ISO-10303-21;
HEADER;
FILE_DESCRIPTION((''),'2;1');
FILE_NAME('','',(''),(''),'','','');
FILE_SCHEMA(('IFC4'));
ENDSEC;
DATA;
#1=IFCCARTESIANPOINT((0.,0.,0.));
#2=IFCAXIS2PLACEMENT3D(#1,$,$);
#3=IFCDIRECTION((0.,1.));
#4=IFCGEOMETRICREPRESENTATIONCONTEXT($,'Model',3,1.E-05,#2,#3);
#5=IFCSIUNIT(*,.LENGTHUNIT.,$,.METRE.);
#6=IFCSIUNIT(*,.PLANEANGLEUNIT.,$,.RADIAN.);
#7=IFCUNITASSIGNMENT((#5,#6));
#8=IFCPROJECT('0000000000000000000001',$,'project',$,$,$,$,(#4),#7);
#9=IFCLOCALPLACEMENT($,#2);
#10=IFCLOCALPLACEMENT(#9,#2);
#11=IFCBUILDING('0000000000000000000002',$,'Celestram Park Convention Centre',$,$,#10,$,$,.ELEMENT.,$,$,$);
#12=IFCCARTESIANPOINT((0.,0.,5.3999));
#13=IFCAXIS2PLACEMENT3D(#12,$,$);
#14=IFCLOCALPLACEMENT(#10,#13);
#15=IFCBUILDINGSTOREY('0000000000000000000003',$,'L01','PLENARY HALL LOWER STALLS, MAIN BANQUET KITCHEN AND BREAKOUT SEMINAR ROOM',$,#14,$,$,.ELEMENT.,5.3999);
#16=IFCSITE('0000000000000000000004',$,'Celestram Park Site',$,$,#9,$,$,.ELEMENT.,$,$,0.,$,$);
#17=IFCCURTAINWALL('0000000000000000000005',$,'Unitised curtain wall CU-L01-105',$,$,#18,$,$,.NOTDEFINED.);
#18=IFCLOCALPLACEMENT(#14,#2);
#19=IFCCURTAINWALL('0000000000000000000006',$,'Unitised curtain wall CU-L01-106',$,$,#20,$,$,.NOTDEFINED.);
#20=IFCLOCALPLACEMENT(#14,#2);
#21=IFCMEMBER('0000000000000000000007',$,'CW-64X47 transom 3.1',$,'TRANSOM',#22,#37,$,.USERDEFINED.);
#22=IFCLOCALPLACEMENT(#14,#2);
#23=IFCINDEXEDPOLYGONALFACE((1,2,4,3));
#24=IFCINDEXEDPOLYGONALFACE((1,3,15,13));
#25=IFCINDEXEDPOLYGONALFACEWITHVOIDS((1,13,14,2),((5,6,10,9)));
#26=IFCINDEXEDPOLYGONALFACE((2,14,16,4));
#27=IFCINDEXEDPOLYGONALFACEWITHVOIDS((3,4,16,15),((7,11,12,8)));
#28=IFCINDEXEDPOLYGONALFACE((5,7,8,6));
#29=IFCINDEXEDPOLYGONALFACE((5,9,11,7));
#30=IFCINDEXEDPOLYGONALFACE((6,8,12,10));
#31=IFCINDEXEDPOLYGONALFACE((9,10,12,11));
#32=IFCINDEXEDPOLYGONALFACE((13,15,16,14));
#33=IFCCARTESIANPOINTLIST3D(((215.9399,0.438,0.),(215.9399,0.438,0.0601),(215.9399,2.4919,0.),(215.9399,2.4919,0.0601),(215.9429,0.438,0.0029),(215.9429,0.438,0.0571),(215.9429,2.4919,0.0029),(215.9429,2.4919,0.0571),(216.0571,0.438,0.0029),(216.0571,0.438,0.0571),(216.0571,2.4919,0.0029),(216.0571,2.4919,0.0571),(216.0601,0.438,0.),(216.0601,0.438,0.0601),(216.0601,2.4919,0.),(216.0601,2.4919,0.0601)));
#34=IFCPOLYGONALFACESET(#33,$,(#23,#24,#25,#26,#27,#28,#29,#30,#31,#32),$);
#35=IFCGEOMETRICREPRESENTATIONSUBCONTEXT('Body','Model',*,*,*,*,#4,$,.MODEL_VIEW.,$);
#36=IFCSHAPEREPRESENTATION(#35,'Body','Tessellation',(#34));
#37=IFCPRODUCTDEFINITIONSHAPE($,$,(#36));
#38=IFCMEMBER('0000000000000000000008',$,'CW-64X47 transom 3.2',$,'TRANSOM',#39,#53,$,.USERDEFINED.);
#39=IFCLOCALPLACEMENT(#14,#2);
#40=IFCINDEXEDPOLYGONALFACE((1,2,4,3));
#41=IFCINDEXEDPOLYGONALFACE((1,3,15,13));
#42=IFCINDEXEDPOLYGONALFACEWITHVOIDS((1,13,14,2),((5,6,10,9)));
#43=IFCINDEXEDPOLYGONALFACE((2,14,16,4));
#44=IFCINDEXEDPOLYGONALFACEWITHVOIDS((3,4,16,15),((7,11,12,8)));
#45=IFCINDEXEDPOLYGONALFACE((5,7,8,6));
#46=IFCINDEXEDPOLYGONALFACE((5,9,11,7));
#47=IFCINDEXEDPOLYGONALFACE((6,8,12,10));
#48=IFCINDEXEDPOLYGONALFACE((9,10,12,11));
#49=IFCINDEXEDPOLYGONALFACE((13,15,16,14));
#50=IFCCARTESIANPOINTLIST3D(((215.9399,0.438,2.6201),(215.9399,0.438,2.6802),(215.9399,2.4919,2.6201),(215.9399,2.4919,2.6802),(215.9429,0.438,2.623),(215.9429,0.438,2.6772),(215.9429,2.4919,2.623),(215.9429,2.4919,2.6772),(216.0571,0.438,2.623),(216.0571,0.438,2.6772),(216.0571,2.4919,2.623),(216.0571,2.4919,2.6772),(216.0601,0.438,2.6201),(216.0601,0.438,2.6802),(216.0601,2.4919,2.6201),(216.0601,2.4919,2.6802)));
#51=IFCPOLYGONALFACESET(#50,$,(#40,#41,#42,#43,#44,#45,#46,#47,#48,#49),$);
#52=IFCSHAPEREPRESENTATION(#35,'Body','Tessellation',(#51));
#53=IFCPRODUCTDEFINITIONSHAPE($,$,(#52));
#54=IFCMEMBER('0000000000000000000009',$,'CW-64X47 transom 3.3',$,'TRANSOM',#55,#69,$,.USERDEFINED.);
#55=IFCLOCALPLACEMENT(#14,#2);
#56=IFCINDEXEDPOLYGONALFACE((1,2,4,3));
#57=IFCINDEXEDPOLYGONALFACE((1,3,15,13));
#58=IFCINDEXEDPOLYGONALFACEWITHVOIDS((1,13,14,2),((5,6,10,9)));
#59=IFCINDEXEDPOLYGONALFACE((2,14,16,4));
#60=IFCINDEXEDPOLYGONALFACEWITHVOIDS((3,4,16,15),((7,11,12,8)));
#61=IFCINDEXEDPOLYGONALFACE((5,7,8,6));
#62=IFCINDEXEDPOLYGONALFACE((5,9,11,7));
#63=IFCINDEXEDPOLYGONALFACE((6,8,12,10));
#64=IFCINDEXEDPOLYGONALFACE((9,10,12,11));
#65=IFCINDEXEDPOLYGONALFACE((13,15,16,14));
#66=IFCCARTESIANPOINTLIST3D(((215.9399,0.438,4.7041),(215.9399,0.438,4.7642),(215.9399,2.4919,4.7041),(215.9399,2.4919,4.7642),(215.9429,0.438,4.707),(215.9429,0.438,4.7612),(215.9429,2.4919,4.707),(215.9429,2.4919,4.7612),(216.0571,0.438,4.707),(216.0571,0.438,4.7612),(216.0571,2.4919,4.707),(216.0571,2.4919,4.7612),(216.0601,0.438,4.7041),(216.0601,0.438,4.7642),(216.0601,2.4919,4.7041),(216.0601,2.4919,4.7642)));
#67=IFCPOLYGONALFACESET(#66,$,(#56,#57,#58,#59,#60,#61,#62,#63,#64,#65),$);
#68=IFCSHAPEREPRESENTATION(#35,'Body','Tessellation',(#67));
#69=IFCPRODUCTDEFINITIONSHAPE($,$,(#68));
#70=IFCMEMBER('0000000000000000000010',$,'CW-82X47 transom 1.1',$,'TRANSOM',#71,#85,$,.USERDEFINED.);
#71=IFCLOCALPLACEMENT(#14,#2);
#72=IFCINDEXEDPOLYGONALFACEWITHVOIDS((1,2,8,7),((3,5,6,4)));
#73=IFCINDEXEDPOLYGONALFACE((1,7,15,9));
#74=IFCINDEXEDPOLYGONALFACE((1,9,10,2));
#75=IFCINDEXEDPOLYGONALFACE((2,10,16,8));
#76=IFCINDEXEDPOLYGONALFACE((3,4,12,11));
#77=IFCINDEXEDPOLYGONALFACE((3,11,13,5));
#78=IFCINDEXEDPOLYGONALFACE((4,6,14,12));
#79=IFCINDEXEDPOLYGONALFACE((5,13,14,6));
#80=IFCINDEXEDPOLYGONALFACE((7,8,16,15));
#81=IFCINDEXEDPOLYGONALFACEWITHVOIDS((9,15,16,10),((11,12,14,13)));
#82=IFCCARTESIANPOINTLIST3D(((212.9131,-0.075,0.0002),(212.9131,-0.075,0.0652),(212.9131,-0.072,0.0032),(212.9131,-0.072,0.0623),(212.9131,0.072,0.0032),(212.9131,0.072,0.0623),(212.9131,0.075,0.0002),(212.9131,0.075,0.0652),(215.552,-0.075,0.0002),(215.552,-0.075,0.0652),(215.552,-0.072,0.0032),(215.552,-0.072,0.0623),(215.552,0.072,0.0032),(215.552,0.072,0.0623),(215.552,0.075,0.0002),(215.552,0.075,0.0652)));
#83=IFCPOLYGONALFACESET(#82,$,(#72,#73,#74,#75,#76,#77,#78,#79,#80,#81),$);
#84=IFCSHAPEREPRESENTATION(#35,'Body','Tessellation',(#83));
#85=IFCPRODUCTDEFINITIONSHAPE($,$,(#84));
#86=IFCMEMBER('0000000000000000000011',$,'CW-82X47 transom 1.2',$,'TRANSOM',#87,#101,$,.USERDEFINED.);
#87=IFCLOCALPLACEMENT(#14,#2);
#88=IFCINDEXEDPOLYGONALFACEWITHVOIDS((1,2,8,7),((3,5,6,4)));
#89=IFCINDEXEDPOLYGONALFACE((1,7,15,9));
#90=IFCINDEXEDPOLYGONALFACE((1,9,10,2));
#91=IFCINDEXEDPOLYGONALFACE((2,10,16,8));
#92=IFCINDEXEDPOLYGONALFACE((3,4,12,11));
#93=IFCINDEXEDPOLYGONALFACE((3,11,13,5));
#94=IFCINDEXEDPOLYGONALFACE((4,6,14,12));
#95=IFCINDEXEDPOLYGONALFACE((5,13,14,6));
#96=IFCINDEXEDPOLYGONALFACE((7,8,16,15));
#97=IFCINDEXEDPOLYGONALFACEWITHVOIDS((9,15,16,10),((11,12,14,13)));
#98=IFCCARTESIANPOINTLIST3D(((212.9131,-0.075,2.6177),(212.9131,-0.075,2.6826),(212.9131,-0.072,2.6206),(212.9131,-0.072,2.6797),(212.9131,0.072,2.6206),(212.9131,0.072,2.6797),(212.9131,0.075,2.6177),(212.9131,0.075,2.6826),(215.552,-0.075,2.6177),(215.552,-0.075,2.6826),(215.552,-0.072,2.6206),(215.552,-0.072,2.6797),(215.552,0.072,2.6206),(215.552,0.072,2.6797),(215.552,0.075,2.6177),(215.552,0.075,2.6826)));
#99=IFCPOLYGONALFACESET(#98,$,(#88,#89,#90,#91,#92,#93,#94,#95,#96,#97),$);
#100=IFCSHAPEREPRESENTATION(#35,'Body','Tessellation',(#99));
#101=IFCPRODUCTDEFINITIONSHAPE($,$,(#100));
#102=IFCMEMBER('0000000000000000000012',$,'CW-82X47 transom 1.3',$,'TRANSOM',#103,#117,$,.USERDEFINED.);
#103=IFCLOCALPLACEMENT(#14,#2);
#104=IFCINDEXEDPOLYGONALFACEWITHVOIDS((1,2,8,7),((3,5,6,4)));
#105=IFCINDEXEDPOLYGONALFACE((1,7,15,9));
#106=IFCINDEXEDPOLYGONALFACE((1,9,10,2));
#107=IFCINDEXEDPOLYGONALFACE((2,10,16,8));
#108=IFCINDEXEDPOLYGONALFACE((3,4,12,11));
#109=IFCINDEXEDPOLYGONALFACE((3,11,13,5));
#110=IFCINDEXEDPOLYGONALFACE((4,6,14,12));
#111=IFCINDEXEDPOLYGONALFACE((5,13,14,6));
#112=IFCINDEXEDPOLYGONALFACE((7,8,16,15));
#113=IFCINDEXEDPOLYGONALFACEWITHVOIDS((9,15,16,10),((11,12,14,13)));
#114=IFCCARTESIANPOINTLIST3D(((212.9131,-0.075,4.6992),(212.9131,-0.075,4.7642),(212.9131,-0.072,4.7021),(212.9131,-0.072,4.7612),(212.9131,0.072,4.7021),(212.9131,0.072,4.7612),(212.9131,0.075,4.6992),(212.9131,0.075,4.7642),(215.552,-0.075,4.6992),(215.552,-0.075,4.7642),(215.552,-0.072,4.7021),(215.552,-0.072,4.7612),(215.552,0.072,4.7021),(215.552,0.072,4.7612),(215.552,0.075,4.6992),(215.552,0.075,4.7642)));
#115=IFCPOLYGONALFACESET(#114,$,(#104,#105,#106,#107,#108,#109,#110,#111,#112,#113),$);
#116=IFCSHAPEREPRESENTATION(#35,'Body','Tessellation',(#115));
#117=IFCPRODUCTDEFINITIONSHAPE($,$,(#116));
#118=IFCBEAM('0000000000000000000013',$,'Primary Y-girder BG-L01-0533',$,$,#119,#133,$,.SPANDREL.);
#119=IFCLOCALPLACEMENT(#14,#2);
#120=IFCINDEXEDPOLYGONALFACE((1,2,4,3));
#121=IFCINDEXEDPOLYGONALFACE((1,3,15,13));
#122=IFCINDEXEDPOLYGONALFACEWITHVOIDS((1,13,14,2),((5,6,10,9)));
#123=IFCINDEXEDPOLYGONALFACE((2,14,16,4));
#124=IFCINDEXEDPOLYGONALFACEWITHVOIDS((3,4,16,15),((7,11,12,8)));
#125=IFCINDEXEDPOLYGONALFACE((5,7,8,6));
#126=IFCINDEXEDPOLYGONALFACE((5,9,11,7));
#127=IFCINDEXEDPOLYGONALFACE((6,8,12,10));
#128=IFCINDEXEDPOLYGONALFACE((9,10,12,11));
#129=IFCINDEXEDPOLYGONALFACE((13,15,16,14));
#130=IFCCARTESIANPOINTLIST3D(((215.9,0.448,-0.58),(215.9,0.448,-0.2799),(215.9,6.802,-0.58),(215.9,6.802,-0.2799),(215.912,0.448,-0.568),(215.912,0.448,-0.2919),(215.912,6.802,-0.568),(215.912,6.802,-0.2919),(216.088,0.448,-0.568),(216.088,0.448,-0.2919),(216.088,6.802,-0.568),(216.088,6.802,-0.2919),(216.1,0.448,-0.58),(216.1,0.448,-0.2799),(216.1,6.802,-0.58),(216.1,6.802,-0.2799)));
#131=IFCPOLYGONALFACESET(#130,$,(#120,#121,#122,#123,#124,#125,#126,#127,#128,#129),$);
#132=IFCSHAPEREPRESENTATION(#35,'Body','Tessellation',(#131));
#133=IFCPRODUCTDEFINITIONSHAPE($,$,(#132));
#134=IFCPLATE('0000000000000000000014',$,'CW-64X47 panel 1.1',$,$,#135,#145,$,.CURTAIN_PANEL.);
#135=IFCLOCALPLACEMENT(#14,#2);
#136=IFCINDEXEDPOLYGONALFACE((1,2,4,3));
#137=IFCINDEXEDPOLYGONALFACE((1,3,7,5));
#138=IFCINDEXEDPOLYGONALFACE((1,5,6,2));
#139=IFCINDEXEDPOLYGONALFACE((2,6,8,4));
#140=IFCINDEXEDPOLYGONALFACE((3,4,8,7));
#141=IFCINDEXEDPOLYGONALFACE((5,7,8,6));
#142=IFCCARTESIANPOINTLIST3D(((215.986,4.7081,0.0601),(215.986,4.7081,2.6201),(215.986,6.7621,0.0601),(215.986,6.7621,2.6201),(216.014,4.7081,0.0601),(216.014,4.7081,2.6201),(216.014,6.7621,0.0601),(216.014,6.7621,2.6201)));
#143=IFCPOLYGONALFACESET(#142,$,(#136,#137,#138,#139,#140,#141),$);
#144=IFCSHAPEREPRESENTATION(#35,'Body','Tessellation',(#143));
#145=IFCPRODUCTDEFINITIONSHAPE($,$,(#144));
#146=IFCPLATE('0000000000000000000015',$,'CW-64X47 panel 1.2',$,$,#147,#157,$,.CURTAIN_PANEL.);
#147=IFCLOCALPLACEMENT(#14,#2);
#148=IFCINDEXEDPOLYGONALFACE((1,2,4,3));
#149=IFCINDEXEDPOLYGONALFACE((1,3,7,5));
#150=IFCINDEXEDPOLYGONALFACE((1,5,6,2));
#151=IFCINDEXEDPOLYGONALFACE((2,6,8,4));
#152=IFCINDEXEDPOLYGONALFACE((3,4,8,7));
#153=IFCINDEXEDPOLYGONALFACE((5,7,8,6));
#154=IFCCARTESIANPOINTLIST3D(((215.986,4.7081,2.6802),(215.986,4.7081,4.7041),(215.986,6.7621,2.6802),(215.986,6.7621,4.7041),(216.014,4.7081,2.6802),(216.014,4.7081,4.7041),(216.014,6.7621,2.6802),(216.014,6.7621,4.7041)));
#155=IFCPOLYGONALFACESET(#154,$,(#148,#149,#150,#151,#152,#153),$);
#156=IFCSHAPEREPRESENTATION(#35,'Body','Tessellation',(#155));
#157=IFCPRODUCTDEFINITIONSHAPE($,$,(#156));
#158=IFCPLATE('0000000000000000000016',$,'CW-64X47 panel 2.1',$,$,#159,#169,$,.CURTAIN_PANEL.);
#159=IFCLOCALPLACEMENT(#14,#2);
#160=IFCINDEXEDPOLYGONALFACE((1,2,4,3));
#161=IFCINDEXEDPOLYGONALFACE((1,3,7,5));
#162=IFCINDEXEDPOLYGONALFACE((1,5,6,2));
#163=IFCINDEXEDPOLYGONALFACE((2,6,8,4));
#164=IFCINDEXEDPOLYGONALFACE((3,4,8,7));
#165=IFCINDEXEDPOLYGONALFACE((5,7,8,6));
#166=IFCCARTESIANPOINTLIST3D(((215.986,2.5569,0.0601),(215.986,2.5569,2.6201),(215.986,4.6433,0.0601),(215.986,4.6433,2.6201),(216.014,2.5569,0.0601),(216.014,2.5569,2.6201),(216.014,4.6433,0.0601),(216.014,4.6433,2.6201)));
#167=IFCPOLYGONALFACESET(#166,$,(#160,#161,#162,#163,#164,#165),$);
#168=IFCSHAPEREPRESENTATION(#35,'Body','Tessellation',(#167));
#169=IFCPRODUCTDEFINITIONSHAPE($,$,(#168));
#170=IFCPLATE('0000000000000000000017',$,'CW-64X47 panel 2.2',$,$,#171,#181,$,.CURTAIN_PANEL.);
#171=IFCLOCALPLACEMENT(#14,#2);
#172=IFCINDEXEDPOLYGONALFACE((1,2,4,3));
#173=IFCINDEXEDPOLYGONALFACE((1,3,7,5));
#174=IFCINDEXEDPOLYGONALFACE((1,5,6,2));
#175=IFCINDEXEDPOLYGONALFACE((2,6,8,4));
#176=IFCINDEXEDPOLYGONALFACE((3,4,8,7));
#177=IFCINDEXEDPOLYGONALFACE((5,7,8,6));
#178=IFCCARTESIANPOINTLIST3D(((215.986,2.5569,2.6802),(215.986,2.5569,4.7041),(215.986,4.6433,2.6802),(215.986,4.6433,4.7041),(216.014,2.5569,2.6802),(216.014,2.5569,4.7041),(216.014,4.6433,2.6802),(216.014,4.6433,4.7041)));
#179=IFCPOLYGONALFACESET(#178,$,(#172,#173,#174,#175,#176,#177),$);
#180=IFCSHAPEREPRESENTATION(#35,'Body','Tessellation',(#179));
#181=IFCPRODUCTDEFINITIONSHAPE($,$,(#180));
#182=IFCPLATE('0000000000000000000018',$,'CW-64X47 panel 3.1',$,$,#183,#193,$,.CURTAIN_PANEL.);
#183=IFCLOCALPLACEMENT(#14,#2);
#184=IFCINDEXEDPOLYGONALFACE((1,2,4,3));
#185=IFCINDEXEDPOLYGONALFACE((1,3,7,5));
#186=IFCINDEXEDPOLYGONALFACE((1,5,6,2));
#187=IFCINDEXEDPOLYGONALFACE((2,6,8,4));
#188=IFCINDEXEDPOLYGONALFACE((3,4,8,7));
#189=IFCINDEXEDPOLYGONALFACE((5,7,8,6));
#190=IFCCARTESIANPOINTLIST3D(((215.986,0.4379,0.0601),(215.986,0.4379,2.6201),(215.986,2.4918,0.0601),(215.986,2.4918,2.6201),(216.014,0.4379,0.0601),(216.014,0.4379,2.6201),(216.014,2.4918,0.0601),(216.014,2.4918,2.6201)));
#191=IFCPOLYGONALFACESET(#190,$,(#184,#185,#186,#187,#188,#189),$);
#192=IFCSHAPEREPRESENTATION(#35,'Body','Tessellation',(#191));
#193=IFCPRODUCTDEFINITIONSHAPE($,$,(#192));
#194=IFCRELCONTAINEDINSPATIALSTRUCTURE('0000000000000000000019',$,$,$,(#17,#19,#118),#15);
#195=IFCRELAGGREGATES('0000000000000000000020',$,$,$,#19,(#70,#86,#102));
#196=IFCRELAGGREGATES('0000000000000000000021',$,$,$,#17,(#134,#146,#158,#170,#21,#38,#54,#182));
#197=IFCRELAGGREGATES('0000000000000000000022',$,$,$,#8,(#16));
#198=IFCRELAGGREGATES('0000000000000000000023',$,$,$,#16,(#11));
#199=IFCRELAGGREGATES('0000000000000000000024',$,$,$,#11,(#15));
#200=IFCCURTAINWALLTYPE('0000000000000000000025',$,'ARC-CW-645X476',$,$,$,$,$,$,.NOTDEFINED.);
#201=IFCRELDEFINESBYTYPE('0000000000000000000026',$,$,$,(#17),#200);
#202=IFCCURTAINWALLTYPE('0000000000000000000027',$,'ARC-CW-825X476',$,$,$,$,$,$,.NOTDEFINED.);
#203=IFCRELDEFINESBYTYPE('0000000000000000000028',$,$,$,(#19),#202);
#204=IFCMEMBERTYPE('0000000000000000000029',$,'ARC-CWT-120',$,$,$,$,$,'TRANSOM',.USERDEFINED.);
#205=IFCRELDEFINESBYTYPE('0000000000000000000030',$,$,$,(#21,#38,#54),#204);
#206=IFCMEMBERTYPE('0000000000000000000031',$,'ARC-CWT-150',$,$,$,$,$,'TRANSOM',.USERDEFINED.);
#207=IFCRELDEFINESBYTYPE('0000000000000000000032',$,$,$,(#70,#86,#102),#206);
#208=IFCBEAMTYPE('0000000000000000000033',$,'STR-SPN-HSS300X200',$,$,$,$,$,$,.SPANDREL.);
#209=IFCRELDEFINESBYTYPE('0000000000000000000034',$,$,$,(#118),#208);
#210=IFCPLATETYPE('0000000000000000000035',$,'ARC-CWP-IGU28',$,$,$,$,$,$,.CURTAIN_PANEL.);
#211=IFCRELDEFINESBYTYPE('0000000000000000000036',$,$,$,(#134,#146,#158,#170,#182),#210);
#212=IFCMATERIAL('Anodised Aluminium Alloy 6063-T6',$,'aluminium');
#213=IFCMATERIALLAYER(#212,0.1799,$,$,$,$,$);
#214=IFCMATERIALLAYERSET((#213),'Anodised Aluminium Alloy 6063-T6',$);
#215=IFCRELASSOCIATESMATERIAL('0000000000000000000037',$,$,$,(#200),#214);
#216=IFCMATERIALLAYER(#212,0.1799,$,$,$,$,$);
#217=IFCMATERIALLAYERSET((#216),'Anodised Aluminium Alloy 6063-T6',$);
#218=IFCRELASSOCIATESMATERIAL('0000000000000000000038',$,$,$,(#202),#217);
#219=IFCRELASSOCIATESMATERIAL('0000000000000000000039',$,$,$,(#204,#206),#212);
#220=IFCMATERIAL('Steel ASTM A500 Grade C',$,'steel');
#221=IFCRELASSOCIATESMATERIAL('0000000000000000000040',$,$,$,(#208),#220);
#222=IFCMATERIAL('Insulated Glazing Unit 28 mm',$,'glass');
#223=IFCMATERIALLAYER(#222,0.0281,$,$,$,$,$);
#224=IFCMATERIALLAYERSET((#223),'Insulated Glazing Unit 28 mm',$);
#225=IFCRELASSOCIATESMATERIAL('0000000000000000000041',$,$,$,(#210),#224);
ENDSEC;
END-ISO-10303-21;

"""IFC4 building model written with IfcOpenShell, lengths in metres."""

from ifc_helpers import new_model, si_unit, direction, frame, origin, origin_2d, place, context, subcontext, project, spatial, rectangle, hollow_rectangle, extrude, material, layer, layer_set, material_profile, profile_set, type_object, element, aggregate, save


model = new_model("IFC4")

# Units and contexts
model_context = context("Model", 3, precision=1e-05, world=origin(), true_north=direction((0.0, 1.0)))
body_context = subcontext(model_context, "Body", "Model", "MODEL_VIEW")
ifc_project = project(units=[si_unit("LENGTHUNIT", "METRE"), si_unit("PLANEANGLEUNIT", "RADIAN")], contexts=[model_context])

# Site, building, storey
site_placement = place(None, origin())
site = spatial("IfcSite", under=ifc_project, at=site_placement, Name="Celestram Park Site", CompositionType="ELEMENT", RefElevation=0.0)
building_placement = place(site_placement, origin())
building = spatial("IfcBuilding", under=site, at=building_placement, Name="Celestram Park Convention Centre", CompositionType="ELEMENT")
storey_placement = place(building_placement, frame((0.0, 0.0, 5.3999)))
storey = spatial("IfcBuildingStorey", under=building, at=storey_placement, Name="L01", Description="PLENARY HALL LOWER STALLS, MAIN BANQUET KITCHEN AND BREAKOUT SEMINAR ROOM", CompositionType="ELEMENT", Elevation=5.3999)

# Curtain wall
ifc_material_1 = material(Name="Anodised Aluminium Alloy 6063-T6", Category="aluminium")
ifc_layer_1 = layer(ifc_material_1, 0.1799)
ifc_layer_set_1 = layer_set([ifc_layer_1], Name="Anodised Aluminium Alloy 6063-T6")
curtain_wall_type_1 = type_object("IfcCurtainWallType", Name="ARC-CW-645X476", PredefinedType="NOTDEFINED", material=ifc_layer_set_1)
curtain_wall_1_placement = place(storey_placement, origin())
curtain_wall_1 = element("IfcCurtainWall", 1, at=curtain_wall_1_placement, inside=storey, type_object=curtain_wall_type_1, Name="Unitised curtain wall CU-L01-105", PredefinedType="NOTDEFINED")

# Curtain wall
ifc_layer_2 = layer(ifc_material_1, 0.1799)
ifc_layer_set_2 = layer_set([ifc_layer_2], Name="Anodised Aluminium Alloy 6063-T6")
curtain_wall_type_2 = type_object("IfcCurtainWallType", Name="ARC-CW-825X476", PredefinedType="NOTDEFINED", material=ifc_layer_set_2)
curtain_wall_2_placement = place(storey_placement, origin())
curtain_wall_2 = element("IfcCurtainWall", 2, at=curtain_wall_2_placement, inside=storey, type_object=curtain_wall_type_2, Name="Unitised curtain wall CU-L01-106", PredefinedType="NOTDEFINED")

# Members
ifc_material_profile_1 = material_profile(ifc_material_1, hollow_rectangle(XDim=0.1201, YDim=0.0601, WallThickness=0.0029, at=origin_2d()), Name="ALU120X60X3")
ifc_profile_set_1 = profile_set([ifc_material_profile_1], Name="Anodised Aluminium Alloy 6063-T6")
member_type_1 = type_object("IfcMemberType", Name="ARC-CWT-120", ElementType="TRANSOM", PredefinedType="USERDEFINED", material=ifc_profile_set_1)
member_1_placement = place(storey_placement, frame((216.0, 2.4919, 0.03), z_axis=(0.0, -1.0, 0.0), x_axis=(1.0, 0.0, 0.0)))
member_1 = element("IfcMember", 3, at=member_1_placement, type_object=member_type_1, Name="CW-64X47 transom 3.1", ObjectType="TRANSOM", PredefinedType="USERDEFINED", context=body_context, shape_type="SweptSolid", body=[
    extrude(hollow_rectangle(XDim=0.1201, YDim=0.0601, WallThickness=0.0029, at=origin_2d()), origin(), (0.0, 0.0, 1.0), 2.054),
])
member_2_placement = place(storey_placement, frame((216.0, 2.4919, 2.6501), z_axis=(0.0, -1.0, 0.0), x_axis=(1.0, 0.0, 0.0)))
member_2 = element("IfcMember", 4, at=member_2_placement, type_object=member_type_1, Name="CW-64X47 transom 3.2", ObjectType="TRANSOM", PredefinedType="USERDEFINED", context=body_context, shape_type="SweptSolid", body=[
    extrude(hollow_rectangle(XDim=0.1201, YDim=0.0601, WallThickness=0.0029, at=origin_2d()), origin(), (0.0, 0.0, 1.0), 2.054),
])
member_3_placement = place(storey_placement, frame((216.0, 2.4919, 4.7341), z_axis=(0.0, -1.0, 0.0), x_axis=(1.0, 0.0, 0.0)))
member_3 = element("IfcMember", 5, at=member_3_placement, type_object=member_type_1, Name="CW-64X47 transom 3.3", ObjectType="TRANSOM", PredefinedType="USERDEFINED", context=body_context, shape_type="SweptSolid", body=[
    extrude(hollow_rectangle(XDim=0.1201, YDim=0.0601, WallThickness=0.0029, at=origin_2d()), origin(), (0.0, 0.0, 1.0), 2.054),
])
ifc_material_profile_2 = material_profile(ifc_material_1, hollow_rectangle(XDim=0.1499, YDim=0.0649, WallThickness=0.0029, at=origin_2d()), Name="ALU150X65X3")
ifc_profile_set_2 = profile_set([ifc_material_profile_2], Name="Anodised Aluminium Alloy 6063-T6")
member_type_2 = type_object("IfcMemberType", Name="ARC-CWT-150", ElementType="TRANSOM", PredefinedType="USERDEFINED", material=ifc_profile_set_2)
member_4_placement = place(storey_placement, frame((215.552, 0.0, 0.0327), z_axis=(-1.0, 0.0, 0.0), x_axis=(0.0, -1.0, 0.0)))
member_4 = element("IfcMember", 6, at=member_4_placement, type_object=member_type_2, Name="CW-82X47 transom 1.1", ObjectType="TRANSOM", PredefinedType="USERDEFINED", context=body_context, shape_type="SweptSolid", body=[
    extrude(hollow_rectangle(XDim=0.1499, YDim=0.0649, WallThickness=0.0029, at=origin_2d()), origin(), (0.0, 0.0, 1.0), 2.6389),
])
member_5_placement = place(storey_placement, frame((215.552, 0.0, 2.6501), z_axis=(-1.0, 0.0, 0.0), x_axis=(0.0, -1.0, 0.0)))
member_5 = element("IfcMember", 7, at=member_5_placement, type_object=member_type_2, Name="CW-82X47 transom 1.2", ObjectType="TRANSOM", PredefinedType="USERDEFINED", context=body_context, shape_type="SweptSolid", body=[
    extrude(hollow_rectangle(XDim=0.1499, YDim=0.0649, WallThickness=0.0029, at=origin_2d()), origin(), (0.0, 0.0, 1.0), 2.6389),
])
member_6_placement = place(storey_placement, frame((215.552, 0.0, 4.7317), z_axis=(-1.0, 0.0, 0.0), x_axis=(0.0, -1.0, 0.0)))
member_6 = element("IfcMember", 8, at=member_6_placement, type_object=member_type_2, Name="CW-82X47 transom 1.3", ObjectType="TRANSOM", PredefinedType="USERDEFINED", context=body_context, shape_type="SweptSolid", body=[
    extrude(hollow_rectangle(XDim=0.1499, YDim=0.0649, WallThickness=0.0029, at=origin_2d()), origin(), (0.0, 0.0, 1.0), 2.6389),
])
aggregate(curtain_wall_2, [member_4, member_5, member_6])

# Beam
ifc_material_2 = material(Name="Steel ASTM A500 Grade C", Category="steel")
ifc_material_profile_3 = material_profile(ifc_material_2, hollow_rectangle(XDim=0.2, YDim=0.3, WallThickness=0.012, at=origin_2d()), Name="HSS300X200X12")
ifc_profile_set_3 = profile_set([ifc_material_profile_3], Name="Steel ASTM A500 Grade C")
beam_type = type_object("IfcBeamType", Name="STR-SPN-HSS300X200", PredefinedType="SPANDREL", material=ifc_profile_set_3)
beam_placement = place(storey_placement, frame((216.0, 0.448, -0.4299), z_axis=(0.0, 1.0, 0.0), x_axis=(-1.0, 0.0, 0.0)))
element("IfcBeam", 9, at=beam_placement, inside=storey, type_object=beam_type, Name="Primary Y-girder BG-L01-0533", PredefinedType="SPANDREL", context=body_context, shape_type="SweptSolid", body=[
    extrude(hollow_rectangle(XDim=0.2, YDim=0.3, WallThickness=0.012, at=origin_2d()), origin(), (0.0, 0.0, 1.0), 6.354),
])

# Plates
ifc_material_3 = material(Name="Insulated Glazing Unit 28 mm", Category="glass")
ifc_layer_3 = layer(ifc_material_3, 0.0281)
ifc_layer_set_3 = layer_set([ifc_layer_3], Name="Insulated Glazing Unit 28 mm")
plate_type = type_object("IfcPlateType", Name="ARC-CWP-IGU28", PredefinedType="CURTAIN_PANEL", material=ifc_layer_set_3)
plate_1_placement = place(storey_placement, frame((216.0, 5.7351, 0.0601), z_axis=(0.0, 0.0, 1.0), x_axis=(0.0, -1.0, 0.0)))
plate_1 = element("IfcPlate", 10, at=plate_1_placement, type_object=plate_type, Name="CW-64X47 panel 1.1", PredefinedType="CURTAIN_PANEL", context=body_context, shape_type="SweptSolid", body=[
    extrude(rectangle(XDim=2.054, YDim=0.0281, at=origin_2d()), origin(), (0.0, 0.0, 1.0), 2.5601),
])
plate_2_placement = place(storey_placement, frame((216.0, 5.7351, 2.6802), z_axis=(0.0, 0.0, 1.0), x_axis=(0.0, -1.0, 0.0)))
plate_2 = element("IfcPlate", 11, at=plate_2_placement, type_object=plate_type, Name="CW-64X47 panel 1.2", PredefinedType="CURTAIN_PANEL", context=body_context, shape_type="SweptSolid", body=[
    extrude(rectangle(XDim=2.054, YDim=0.0281, at=origin_2d()), origin(), (0.0, 0.0, 1.0), 2.0239),
])
plate_3_placement = place(storey_placement, frame((216.0, 3.6001, 0.0601), z_axis=(0.0, 0.0, 1.0), x_axis=(0.0, -1.0, 0.0)))
plate_3 = element("IfcPlate", 12, at=plate_3_placement, type_object=plate_type, Name="CW-64X47 panel 2.1", PredefinedType="CURTAIN_PANEL", context=body_context, shape_type="SweptSolid", body=[
    extrude(rectangle(XDim=2.0864, YDim=0.0281, at=origin_2d()), origin(), (0.0, 0.0, 1.0), 2.5601),
])
plate_4_placement = place(storey_placement, frame((216.0, 3.6001, 2.6802), z_axis=(0.0, 0.0, 1.0), x_axis=(0.0, -1.0, 0.0)))
plate_4 = element("IfcPlate", 13, at=plate_4_placement, type_object=plate_type, Name="CW-64X47 panel 2.2", PredefinedType="CURTAIN_PANEL", context=body_context, shape_type="SweptSolid", body=[
    extrude(rectangle(XDim=2.0864, YDim=0.0281, at=origin_2d()), origin(), (0.0, 0.0, 1.0), 2.0239),
])
plate_5_placement = place(storey_placement, frame((216.0, 1.4648, 0.0601), z_axis=(0.0, 0.0, 1.0), x_axis=(0.0, -1.0, 0.0)))
plate_5 = element("IfcPlate", 14, at=plate_5_placement, type_object=plate_type, Name="CW-64X47 panel 3.1", PredefinedType="CURTAIN_PANEL", context=body_context, shape_type="SweptSolid", body=[
    extrude(rectangle(XDim=2.054, YDim=0.0281, at=origin_2d()), origin(), (0.0, 0.0, 1.0), 2.5601),
])
aggregate(curtain_wall_1, [plate_1, plate_2, plate_3, plate_4, member_1, member_2, member_3, plate_5])

save(model, "model.ifc")
